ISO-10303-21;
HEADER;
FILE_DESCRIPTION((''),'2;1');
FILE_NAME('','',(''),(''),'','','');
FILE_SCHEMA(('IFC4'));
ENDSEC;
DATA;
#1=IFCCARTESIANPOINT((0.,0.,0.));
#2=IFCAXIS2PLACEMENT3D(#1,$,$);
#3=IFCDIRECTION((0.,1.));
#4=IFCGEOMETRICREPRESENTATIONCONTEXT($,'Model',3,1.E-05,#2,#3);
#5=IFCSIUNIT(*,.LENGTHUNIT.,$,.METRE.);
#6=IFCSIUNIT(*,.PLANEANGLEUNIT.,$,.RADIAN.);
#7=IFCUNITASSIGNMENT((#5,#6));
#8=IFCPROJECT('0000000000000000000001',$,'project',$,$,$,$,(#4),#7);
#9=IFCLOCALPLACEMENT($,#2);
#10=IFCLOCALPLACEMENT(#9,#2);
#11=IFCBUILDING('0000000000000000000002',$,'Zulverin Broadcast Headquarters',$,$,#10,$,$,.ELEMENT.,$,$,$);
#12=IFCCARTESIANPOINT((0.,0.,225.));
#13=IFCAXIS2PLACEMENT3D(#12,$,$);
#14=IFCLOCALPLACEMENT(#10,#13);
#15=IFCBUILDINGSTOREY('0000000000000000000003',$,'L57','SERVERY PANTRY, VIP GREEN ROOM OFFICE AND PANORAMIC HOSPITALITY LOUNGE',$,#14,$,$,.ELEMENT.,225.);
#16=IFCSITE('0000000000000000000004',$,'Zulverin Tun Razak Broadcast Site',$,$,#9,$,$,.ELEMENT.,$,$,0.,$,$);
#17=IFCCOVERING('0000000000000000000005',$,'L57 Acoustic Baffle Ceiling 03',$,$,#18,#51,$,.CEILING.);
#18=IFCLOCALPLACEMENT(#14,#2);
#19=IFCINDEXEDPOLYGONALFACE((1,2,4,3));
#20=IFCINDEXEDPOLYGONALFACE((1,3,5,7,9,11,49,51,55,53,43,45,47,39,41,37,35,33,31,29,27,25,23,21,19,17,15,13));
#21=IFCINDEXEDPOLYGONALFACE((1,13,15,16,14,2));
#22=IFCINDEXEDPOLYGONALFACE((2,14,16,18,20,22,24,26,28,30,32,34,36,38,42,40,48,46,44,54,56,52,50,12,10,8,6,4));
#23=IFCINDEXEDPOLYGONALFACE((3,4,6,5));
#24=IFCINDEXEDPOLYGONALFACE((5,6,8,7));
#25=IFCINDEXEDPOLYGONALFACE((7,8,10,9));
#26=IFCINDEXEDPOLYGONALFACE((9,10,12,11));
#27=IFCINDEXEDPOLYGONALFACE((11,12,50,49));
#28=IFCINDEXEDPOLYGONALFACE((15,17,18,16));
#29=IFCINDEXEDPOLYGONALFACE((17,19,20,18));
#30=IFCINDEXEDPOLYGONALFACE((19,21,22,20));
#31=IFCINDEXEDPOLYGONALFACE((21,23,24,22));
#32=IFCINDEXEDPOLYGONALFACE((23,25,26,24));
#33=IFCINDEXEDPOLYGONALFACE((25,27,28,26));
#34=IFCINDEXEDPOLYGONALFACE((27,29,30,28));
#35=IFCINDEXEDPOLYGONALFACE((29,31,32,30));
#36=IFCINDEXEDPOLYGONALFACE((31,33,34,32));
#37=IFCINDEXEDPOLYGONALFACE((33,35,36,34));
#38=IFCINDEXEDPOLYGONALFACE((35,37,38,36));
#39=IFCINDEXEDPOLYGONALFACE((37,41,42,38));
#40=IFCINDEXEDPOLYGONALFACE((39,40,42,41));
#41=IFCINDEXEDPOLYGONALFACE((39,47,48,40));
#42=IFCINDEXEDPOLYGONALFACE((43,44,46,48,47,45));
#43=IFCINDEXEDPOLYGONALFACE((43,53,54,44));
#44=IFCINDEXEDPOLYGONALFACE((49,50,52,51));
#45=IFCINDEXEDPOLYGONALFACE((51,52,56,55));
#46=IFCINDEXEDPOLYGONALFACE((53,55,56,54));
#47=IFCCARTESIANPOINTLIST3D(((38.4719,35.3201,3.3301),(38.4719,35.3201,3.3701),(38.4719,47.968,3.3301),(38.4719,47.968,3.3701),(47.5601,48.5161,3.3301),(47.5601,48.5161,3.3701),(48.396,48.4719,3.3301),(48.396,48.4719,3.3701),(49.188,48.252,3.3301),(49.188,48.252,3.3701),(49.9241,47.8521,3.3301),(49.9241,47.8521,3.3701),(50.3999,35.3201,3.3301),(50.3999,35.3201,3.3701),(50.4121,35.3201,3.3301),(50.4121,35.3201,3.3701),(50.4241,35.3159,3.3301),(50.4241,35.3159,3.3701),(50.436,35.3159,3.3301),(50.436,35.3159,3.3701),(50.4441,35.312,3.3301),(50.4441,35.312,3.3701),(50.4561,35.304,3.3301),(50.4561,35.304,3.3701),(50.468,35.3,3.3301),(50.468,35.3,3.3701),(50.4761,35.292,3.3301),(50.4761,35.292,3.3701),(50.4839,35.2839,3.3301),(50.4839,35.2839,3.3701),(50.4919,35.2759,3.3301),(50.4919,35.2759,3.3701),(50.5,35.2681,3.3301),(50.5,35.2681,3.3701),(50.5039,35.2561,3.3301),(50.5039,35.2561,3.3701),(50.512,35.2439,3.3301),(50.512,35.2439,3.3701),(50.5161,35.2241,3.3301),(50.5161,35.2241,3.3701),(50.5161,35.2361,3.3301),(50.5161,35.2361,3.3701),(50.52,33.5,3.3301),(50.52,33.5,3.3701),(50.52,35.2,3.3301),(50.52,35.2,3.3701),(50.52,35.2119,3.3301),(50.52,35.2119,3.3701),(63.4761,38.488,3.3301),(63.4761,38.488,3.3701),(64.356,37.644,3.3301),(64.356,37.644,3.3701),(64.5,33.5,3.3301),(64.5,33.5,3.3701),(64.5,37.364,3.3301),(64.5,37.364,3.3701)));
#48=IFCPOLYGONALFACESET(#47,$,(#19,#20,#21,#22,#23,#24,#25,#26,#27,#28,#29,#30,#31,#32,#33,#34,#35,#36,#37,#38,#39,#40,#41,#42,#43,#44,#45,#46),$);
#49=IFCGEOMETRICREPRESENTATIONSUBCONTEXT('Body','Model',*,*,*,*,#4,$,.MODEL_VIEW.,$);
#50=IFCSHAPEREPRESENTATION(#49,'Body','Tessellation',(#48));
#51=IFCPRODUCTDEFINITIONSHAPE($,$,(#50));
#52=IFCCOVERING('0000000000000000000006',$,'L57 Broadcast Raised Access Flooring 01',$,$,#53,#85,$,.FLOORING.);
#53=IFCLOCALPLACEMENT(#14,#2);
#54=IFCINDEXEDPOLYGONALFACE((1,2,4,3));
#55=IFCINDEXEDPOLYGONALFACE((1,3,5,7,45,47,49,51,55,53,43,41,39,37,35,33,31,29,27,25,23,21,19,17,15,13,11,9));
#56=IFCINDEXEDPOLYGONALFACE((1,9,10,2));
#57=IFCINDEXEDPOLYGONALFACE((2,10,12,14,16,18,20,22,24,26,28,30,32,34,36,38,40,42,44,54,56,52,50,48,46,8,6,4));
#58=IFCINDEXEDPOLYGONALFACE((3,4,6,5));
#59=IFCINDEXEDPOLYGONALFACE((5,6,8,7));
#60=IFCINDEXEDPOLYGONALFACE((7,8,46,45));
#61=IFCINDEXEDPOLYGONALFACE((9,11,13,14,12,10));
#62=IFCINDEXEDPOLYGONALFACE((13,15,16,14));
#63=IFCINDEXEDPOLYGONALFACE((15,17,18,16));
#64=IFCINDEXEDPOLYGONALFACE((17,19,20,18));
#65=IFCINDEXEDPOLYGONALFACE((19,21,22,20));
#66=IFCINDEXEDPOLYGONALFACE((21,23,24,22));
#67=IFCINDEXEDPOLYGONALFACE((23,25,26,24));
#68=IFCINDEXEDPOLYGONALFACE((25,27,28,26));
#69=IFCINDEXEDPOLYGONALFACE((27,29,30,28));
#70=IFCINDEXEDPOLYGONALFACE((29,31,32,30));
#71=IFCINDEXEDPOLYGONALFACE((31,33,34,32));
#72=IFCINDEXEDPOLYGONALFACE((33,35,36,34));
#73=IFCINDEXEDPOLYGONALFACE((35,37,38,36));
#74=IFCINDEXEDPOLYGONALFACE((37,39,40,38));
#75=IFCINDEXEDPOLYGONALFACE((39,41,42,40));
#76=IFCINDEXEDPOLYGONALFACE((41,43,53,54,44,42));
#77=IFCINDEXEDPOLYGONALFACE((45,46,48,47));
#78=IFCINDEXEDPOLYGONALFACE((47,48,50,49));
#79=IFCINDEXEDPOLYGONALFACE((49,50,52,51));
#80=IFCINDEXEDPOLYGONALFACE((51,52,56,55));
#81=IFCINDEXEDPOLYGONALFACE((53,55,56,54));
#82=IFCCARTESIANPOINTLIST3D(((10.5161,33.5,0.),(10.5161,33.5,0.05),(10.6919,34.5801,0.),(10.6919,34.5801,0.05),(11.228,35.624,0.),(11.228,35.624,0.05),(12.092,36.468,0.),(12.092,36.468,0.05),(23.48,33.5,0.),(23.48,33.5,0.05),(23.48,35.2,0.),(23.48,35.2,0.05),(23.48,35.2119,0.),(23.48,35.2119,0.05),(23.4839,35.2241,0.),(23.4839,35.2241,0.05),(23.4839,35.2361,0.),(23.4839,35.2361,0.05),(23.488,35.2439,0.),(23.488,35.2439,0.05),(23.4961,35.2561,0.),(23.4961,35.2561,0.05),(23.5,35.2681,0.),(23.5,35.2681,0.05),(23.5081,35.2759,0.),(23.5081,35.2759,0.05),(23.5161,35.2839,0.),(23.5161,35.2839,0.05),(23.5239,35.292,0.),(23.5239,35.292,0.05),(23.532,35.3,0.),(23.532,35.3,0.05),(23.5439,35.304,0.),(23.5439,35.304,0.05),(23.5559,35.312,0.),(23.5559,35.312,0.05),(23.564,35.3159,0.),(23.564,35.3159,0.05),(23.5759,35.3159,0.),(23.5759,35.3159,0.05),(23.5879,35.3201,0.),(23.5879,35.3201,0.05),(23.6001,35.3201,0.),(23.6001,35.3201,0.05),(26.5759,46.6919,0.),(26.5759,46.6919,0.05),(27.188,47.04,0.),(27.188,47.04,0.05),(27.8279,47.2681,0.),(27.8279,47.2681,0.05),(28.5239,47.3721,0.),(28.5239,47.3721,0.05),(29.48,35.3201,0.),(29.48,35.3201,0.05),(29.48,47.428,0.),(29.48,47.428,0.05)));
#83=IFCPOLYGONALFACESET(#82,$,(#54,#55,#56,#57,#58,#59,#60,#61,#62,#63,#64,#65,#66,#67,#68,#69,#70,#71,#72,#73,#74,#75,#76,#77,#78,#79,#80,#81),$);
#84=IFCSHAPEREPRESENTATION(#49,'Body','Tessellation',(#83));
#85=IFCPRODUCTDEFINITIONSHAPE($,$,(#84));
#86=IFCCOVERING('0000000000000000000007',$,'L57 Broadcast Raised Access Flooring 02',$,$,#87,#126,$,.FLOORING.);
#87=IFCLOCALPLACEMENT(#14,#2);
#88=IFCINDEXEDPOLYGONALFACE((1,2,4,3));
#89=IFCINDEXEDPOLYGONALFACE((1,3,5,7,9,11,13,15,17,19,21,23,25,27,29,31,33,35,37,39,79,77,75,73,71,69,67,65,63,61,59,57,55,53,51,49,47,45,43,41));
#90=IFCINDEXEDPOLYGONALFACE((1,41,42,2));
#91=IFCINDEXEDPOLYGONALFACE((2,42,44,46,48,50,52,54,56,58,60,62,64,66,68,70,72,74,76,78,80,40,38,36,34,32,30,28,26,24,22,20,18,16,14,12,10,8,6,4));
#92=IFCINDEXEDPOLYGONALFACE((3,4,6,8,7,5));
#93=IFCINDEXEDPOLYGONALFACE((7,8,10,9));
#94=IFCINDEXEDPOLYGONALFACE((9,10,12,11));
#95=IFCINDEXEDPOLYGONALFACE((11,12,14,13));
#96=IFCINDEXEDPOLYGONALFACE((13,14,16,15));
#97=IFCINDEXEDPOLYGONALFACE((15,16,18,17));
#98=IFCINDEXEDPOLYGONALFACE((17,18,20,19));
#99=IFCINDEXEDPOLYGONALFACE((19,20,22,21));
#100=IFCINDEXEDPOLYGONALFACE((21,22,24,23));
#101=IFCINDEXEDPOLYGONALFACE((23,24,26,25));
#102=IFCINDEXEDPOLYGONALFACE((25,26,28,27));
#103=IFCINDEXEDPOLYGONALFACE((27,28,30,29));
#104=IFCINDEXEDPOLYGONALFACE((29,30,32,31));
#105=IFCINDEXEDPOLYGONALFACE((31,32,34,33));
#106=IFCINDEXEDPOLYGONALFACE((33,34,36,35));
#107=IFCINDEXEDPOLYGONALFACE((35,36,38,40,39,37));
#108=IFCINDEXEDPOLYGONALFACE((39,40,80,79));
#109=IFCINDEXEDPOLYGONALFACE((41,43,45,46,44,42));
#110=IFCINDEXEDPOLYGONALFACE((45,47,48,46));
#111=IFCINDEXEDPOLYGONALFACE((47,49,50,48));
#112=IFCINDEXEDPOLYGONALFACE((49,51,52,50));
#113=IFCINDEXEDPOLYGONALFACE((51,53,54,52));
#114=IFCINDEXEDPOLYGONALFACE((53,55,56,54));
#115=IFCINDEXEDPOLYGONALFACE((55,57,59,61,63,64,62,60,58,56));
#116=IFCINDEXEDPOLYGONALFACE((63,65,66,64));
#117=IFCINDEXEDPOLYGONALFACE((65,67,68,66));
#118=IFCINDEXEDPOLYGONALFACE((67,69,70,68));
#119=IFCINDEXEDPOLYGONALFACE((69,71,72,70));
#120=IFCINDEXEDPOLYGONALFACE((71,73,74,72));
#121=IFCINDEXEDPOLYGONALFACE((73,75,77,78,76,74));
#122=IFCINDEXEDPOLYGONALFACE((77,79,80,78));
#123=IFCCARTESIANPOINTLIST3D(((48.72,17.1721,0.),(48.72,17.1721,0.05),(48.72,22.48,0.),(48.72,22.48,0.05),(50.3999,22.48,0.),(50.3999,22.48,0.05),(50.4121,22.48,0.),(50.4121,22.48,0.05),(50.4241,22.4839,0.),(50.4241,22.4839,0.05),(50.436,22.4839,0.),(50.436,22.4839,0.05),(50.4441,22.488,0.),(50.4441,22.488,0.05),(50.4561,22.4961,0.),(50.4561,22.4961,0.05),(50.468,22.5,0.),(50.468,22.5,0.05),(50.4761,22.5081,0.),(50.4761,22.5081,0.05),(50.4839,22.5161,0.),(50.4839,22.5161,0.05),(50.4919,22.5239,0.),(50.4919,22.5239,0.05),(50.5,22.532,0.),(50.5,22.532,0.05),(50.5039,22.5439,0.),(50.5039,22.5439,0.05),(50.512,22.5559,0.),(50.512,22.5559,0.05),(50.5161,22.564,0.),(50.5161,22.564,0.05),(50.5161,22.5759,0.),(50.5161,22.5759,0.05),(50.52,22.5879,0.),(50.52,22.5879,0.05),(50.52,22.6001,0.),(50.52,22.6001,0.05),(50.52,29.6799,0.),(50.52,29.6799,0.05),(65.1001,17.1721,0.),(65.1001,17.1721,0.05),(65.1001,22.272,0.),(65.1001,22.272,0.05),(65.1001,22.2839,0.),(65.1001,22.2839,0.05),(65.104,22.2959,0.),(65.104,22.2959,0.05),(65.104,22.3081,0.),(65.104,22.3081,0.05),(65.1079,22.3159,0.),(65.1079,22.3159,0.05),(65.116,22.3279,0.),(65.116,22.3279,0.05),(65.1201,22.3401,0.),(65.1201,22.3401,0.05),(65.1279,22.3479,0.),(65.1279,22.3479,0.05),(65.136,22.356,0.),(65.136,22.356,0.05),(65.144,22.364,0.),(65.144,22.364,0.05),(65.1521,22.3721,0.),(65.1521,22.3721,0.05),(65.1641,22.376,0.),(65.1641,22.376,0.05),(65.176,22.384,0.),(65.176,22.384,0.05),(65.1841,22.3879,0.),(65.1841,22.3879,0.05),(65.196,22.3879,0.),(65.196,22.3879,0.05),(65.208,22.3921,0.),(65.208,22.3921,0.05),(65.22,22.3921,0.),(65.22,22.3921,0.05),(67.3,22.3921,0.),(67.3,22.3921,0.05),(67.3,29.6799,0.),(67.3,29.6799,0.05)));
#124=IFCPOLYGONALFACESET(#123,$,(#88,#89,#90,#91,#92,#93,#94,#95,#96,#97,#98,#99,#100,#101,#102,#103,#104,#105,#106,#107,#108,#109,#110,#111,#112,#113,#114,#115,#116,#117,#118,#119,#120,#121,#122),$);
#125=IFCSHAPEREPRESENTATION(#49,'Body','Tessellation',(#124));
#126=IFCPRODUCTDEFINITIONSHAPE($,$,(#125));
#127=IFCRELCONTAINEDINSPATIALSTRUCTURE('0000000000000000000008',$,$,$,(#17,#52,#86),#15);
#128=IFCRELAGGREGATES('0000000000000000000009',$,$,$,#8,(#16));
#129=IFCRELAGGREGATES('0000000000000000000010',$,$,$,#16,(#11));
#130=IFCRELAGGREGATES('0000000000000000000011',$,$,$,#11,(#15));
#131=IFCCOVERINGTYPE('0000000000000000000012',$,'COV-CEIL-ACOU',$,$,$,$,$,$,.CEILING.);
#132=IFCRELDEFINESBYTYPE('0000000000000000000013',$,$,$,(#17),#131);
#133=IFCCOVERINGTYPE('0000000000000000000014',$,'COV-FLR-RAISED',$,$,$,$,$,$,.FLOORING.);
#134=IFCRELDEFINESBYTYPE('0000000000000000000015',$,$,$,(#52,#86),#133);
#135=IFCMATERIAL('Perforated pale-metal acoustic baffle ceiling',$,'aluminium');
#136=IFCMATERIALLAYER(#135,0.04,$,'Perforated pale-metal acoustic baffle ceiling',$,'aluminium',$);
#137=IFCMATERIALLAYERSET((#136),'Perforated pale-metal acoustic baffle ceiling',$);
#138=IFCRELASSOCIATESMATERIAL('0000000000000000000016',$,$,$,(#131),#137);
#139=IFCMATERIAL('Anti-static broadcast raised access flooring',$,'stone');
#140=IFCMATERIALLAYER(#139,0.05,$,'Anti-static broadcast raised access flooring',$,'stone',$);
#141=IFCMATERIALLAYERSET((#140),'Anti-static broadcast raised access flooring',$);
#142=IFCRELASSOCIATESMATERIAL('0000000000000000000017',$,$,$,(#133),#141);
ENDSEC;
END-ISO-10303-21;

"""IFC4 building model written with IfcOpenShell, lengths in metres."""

from ifc_helpers import new_model, si_unit, direction, frame, origin, place, context, subcontext, project, spatial, polyline, outline, extrude, material, layer, layer_set, type_object, element, save


model = new_model("IFC4")

# Units and contexts
model_context = context("Model", 3, precision=1e-05, world=origin(), true_north=direction((0.0, 1.0)))
body_context = subcontext(model_context, "Body", "Model", "MODEL_VIEW")
ifc_project = project(units=[si_unit("LENGTHUNIT", "METRE"), si_unit("PLANEANGLEUNIT", "RADIAN")], contexts=[model_context])

# Site, building, storey
site_placement = place(None, origin())
site = spatial("IfcSite", under=ifc_project, at=site_placement, Name="Zulverin Tun Razak Broadcast Site", CompositionType="ELEMENT", RefElevation=0.0)
building_placement = place(site_placement, origin())
building = spatial("IfcBuilding", under=site, at=building_placement, Name="Zulverin Broadcast Headquarters", CompositionType="ELEMENT")
storey_placement = place(building_placement, frame((0.0, 0.0, 225.0)))
storey = spatial("IfcBuildingStorey", under=building, at=storey_placement, Name="L57", Description="SERVERY PANTRY, VIP GREEN ROOM OFFICE AND PANORAMIC HOSPITALITY LOUNGE", CompositionType="ELEMENT", Elevation=225.0)

# Coverings
ifc_material_1 = material(Name="Perforated pale-metal acoustic baffle ceiling", Category="aluminium")
ifc_layer_1 = layer(ifc_material_1, 0.04, Name="Perforated pale-metal acoustic baffle ceiling", Category="aluminium")
ifc_layer_set_1 = layer_set([ifc_layer_1], Name="Perforated pale-metal acoustic baffle ceiling")
covering_type_1 = type_object("IfcCoveringType", Name="COV-CEIL-ACOU", PredefinedType="CEILING", material=ifc_layer_set_1)
covering_1_placement = place(storey_placement, frame((0.0, 0.0, 3.3301)))
element("IfcCovering", 1, at=covering_1_placement, inside=storey, type_object=covering_type_1, Name="L57 Acoustic Baffle Ceiling 03", PredefinedType="CEILING", context=body_context, shape_type="SweptSolid", body=[
    extrude(outline(polyline([(47.5601, 48.5161), (38.4719, 47.968), (38.4719, 35.3201), (50.3999, 35.3201), (50.4121, 35.3201), (50.4241, 35.3159), (50.436, 35.3159), (50.4441, 35.312), (50.4561, 35.304), (50.468, 35.3), (50.4761, 35.292), (50.4839, 35.2839), (50.4919, 35.2759), (50.5, 35.2681), (50.5039, 35.2561), (50.512, 35.2439), (50.5161, 35.2361), (50.5161, 35.2241), (50.52, 35.2119), (50.52, 35.2), (50.52, 33.5), (64.5, 33.5), (64.5, 37.364), (64.356, 37.644), (63.4761, 38.488), (49.9241, 47.8521), (49.188, 48.252), (48.396, 48.4719), (47.5601, 48.5161)])), origin(), (0.0, 0.0, 1.0), 0.04),
])
ifc_material_2 = material(Name="Anti-static broadcast raised access flooring", Category="stone")
ifc_layer_2 = layer(ifc_material_2, 0.05, Name="Anti-static broadcast raised access flooring", Category="stone")
ifc_layer_set_2 = layer_set([ifc_layer_2], Name="Anti-static broadcast raised access flooring")
covering_type_2 = type_object("IfcCoveringType", Name="COV-FLR-RAISED", PredefinedType="FLOORING", material=ifc_layer_set_2)
covering_2_placement = place(storey_placement, origin())
element("IfcCovering", 2, at=covering_2_placement, inside=storey, type_object=covering_type_2, Name="L57 Broadcast Raised Access Flooring 01", PredefinedType="FLOORING", context=body_context, shape_type="SweptSolid", body=[
    extrude(outline(polyline([(12.092, 36.468), (11.228, 35.624), (10.6919, 34.5801), (10.5161, 33.5), (23.48, 33.5), (23.48, 35.2), (23.48, 35.2119), (23.4839, 35.2241), (23.4839, 35.2361), (23.488, 35.2439), (23.4961, 35.2561), (23.5, 35.2681), (23.5081, 35.2759), (23.5161, 35.2839), (23.5239, 35.292), (23.532, 35.3), (23.5439, 35.304), (23.5559, 35.312), (23.564, 35.3159), (23.5759, 35.3159), (23.5879, 35.3201), (23.6001, 35.3201), (29.48, 35.3201), (29.48, 47.428), (28.5239, 47.3721), (27.8279, 47.2681), (27.188, 47.04), (26.5759, 46.6919), (12.092, 36.468)])), origin(), (0.0, 0.0, 1.0), 0.05),
])
covering_3_placement = place(storey_placement, origin())
element("IfcCovering", 3, at=covering_3_placement, inside=storey, type_object=covering_type_2, Name="L57 Broadcast Raised Access Flooring 02", PredefinedType="FLOORING", context=body_context, shape_type="SweptSolid", body=[
    extrude(outline(polyline([(67.3, 22.3921), (67.3, 29.6799), (50.52, 29.6799), (50.52, 22.6001), (50.52, 22.5879), (50.5161, 22.5759), (50.5161, 22.564), (50.512, 22.5559), (50.5039, 22.5439), (50.5, 22.532), (50.4919, 22.5239), (50.4839, 22.5161), (50.4761, 22.5081), (50.468, 22.5), (50.4561, 22.4961), (50.4441, 22.488), (50.436, 22.4839), (50.4241, 22.4839), (50.4121, 22.48), (50.3999, 22.48), (48.72, 22.48), (48.72, 17.1721), (65.1001, 17.1721), (65.1001, 22.272), (65.1001, 22.2839), (65.104, 22.2959), (65.104, 22.3081), (65.1079, 22.3159), (65.116, 22.3279), (65.1201, 22.3401), (65.1279, 22.3479), (65.136, 22.356), (65.144, 22.364), (65.1521, 22.3721), (65.1641, 22.376), (65.176, 22.384), (65.1841, 22.3879), (65.196, 22.3879), (65.208, 22.3921), (65.22, 22.3921), (67.3, 22.3921)])), origin(), (0.0, 0.0, 1.0), 0.05),
])

save(model, "model.ifc")
